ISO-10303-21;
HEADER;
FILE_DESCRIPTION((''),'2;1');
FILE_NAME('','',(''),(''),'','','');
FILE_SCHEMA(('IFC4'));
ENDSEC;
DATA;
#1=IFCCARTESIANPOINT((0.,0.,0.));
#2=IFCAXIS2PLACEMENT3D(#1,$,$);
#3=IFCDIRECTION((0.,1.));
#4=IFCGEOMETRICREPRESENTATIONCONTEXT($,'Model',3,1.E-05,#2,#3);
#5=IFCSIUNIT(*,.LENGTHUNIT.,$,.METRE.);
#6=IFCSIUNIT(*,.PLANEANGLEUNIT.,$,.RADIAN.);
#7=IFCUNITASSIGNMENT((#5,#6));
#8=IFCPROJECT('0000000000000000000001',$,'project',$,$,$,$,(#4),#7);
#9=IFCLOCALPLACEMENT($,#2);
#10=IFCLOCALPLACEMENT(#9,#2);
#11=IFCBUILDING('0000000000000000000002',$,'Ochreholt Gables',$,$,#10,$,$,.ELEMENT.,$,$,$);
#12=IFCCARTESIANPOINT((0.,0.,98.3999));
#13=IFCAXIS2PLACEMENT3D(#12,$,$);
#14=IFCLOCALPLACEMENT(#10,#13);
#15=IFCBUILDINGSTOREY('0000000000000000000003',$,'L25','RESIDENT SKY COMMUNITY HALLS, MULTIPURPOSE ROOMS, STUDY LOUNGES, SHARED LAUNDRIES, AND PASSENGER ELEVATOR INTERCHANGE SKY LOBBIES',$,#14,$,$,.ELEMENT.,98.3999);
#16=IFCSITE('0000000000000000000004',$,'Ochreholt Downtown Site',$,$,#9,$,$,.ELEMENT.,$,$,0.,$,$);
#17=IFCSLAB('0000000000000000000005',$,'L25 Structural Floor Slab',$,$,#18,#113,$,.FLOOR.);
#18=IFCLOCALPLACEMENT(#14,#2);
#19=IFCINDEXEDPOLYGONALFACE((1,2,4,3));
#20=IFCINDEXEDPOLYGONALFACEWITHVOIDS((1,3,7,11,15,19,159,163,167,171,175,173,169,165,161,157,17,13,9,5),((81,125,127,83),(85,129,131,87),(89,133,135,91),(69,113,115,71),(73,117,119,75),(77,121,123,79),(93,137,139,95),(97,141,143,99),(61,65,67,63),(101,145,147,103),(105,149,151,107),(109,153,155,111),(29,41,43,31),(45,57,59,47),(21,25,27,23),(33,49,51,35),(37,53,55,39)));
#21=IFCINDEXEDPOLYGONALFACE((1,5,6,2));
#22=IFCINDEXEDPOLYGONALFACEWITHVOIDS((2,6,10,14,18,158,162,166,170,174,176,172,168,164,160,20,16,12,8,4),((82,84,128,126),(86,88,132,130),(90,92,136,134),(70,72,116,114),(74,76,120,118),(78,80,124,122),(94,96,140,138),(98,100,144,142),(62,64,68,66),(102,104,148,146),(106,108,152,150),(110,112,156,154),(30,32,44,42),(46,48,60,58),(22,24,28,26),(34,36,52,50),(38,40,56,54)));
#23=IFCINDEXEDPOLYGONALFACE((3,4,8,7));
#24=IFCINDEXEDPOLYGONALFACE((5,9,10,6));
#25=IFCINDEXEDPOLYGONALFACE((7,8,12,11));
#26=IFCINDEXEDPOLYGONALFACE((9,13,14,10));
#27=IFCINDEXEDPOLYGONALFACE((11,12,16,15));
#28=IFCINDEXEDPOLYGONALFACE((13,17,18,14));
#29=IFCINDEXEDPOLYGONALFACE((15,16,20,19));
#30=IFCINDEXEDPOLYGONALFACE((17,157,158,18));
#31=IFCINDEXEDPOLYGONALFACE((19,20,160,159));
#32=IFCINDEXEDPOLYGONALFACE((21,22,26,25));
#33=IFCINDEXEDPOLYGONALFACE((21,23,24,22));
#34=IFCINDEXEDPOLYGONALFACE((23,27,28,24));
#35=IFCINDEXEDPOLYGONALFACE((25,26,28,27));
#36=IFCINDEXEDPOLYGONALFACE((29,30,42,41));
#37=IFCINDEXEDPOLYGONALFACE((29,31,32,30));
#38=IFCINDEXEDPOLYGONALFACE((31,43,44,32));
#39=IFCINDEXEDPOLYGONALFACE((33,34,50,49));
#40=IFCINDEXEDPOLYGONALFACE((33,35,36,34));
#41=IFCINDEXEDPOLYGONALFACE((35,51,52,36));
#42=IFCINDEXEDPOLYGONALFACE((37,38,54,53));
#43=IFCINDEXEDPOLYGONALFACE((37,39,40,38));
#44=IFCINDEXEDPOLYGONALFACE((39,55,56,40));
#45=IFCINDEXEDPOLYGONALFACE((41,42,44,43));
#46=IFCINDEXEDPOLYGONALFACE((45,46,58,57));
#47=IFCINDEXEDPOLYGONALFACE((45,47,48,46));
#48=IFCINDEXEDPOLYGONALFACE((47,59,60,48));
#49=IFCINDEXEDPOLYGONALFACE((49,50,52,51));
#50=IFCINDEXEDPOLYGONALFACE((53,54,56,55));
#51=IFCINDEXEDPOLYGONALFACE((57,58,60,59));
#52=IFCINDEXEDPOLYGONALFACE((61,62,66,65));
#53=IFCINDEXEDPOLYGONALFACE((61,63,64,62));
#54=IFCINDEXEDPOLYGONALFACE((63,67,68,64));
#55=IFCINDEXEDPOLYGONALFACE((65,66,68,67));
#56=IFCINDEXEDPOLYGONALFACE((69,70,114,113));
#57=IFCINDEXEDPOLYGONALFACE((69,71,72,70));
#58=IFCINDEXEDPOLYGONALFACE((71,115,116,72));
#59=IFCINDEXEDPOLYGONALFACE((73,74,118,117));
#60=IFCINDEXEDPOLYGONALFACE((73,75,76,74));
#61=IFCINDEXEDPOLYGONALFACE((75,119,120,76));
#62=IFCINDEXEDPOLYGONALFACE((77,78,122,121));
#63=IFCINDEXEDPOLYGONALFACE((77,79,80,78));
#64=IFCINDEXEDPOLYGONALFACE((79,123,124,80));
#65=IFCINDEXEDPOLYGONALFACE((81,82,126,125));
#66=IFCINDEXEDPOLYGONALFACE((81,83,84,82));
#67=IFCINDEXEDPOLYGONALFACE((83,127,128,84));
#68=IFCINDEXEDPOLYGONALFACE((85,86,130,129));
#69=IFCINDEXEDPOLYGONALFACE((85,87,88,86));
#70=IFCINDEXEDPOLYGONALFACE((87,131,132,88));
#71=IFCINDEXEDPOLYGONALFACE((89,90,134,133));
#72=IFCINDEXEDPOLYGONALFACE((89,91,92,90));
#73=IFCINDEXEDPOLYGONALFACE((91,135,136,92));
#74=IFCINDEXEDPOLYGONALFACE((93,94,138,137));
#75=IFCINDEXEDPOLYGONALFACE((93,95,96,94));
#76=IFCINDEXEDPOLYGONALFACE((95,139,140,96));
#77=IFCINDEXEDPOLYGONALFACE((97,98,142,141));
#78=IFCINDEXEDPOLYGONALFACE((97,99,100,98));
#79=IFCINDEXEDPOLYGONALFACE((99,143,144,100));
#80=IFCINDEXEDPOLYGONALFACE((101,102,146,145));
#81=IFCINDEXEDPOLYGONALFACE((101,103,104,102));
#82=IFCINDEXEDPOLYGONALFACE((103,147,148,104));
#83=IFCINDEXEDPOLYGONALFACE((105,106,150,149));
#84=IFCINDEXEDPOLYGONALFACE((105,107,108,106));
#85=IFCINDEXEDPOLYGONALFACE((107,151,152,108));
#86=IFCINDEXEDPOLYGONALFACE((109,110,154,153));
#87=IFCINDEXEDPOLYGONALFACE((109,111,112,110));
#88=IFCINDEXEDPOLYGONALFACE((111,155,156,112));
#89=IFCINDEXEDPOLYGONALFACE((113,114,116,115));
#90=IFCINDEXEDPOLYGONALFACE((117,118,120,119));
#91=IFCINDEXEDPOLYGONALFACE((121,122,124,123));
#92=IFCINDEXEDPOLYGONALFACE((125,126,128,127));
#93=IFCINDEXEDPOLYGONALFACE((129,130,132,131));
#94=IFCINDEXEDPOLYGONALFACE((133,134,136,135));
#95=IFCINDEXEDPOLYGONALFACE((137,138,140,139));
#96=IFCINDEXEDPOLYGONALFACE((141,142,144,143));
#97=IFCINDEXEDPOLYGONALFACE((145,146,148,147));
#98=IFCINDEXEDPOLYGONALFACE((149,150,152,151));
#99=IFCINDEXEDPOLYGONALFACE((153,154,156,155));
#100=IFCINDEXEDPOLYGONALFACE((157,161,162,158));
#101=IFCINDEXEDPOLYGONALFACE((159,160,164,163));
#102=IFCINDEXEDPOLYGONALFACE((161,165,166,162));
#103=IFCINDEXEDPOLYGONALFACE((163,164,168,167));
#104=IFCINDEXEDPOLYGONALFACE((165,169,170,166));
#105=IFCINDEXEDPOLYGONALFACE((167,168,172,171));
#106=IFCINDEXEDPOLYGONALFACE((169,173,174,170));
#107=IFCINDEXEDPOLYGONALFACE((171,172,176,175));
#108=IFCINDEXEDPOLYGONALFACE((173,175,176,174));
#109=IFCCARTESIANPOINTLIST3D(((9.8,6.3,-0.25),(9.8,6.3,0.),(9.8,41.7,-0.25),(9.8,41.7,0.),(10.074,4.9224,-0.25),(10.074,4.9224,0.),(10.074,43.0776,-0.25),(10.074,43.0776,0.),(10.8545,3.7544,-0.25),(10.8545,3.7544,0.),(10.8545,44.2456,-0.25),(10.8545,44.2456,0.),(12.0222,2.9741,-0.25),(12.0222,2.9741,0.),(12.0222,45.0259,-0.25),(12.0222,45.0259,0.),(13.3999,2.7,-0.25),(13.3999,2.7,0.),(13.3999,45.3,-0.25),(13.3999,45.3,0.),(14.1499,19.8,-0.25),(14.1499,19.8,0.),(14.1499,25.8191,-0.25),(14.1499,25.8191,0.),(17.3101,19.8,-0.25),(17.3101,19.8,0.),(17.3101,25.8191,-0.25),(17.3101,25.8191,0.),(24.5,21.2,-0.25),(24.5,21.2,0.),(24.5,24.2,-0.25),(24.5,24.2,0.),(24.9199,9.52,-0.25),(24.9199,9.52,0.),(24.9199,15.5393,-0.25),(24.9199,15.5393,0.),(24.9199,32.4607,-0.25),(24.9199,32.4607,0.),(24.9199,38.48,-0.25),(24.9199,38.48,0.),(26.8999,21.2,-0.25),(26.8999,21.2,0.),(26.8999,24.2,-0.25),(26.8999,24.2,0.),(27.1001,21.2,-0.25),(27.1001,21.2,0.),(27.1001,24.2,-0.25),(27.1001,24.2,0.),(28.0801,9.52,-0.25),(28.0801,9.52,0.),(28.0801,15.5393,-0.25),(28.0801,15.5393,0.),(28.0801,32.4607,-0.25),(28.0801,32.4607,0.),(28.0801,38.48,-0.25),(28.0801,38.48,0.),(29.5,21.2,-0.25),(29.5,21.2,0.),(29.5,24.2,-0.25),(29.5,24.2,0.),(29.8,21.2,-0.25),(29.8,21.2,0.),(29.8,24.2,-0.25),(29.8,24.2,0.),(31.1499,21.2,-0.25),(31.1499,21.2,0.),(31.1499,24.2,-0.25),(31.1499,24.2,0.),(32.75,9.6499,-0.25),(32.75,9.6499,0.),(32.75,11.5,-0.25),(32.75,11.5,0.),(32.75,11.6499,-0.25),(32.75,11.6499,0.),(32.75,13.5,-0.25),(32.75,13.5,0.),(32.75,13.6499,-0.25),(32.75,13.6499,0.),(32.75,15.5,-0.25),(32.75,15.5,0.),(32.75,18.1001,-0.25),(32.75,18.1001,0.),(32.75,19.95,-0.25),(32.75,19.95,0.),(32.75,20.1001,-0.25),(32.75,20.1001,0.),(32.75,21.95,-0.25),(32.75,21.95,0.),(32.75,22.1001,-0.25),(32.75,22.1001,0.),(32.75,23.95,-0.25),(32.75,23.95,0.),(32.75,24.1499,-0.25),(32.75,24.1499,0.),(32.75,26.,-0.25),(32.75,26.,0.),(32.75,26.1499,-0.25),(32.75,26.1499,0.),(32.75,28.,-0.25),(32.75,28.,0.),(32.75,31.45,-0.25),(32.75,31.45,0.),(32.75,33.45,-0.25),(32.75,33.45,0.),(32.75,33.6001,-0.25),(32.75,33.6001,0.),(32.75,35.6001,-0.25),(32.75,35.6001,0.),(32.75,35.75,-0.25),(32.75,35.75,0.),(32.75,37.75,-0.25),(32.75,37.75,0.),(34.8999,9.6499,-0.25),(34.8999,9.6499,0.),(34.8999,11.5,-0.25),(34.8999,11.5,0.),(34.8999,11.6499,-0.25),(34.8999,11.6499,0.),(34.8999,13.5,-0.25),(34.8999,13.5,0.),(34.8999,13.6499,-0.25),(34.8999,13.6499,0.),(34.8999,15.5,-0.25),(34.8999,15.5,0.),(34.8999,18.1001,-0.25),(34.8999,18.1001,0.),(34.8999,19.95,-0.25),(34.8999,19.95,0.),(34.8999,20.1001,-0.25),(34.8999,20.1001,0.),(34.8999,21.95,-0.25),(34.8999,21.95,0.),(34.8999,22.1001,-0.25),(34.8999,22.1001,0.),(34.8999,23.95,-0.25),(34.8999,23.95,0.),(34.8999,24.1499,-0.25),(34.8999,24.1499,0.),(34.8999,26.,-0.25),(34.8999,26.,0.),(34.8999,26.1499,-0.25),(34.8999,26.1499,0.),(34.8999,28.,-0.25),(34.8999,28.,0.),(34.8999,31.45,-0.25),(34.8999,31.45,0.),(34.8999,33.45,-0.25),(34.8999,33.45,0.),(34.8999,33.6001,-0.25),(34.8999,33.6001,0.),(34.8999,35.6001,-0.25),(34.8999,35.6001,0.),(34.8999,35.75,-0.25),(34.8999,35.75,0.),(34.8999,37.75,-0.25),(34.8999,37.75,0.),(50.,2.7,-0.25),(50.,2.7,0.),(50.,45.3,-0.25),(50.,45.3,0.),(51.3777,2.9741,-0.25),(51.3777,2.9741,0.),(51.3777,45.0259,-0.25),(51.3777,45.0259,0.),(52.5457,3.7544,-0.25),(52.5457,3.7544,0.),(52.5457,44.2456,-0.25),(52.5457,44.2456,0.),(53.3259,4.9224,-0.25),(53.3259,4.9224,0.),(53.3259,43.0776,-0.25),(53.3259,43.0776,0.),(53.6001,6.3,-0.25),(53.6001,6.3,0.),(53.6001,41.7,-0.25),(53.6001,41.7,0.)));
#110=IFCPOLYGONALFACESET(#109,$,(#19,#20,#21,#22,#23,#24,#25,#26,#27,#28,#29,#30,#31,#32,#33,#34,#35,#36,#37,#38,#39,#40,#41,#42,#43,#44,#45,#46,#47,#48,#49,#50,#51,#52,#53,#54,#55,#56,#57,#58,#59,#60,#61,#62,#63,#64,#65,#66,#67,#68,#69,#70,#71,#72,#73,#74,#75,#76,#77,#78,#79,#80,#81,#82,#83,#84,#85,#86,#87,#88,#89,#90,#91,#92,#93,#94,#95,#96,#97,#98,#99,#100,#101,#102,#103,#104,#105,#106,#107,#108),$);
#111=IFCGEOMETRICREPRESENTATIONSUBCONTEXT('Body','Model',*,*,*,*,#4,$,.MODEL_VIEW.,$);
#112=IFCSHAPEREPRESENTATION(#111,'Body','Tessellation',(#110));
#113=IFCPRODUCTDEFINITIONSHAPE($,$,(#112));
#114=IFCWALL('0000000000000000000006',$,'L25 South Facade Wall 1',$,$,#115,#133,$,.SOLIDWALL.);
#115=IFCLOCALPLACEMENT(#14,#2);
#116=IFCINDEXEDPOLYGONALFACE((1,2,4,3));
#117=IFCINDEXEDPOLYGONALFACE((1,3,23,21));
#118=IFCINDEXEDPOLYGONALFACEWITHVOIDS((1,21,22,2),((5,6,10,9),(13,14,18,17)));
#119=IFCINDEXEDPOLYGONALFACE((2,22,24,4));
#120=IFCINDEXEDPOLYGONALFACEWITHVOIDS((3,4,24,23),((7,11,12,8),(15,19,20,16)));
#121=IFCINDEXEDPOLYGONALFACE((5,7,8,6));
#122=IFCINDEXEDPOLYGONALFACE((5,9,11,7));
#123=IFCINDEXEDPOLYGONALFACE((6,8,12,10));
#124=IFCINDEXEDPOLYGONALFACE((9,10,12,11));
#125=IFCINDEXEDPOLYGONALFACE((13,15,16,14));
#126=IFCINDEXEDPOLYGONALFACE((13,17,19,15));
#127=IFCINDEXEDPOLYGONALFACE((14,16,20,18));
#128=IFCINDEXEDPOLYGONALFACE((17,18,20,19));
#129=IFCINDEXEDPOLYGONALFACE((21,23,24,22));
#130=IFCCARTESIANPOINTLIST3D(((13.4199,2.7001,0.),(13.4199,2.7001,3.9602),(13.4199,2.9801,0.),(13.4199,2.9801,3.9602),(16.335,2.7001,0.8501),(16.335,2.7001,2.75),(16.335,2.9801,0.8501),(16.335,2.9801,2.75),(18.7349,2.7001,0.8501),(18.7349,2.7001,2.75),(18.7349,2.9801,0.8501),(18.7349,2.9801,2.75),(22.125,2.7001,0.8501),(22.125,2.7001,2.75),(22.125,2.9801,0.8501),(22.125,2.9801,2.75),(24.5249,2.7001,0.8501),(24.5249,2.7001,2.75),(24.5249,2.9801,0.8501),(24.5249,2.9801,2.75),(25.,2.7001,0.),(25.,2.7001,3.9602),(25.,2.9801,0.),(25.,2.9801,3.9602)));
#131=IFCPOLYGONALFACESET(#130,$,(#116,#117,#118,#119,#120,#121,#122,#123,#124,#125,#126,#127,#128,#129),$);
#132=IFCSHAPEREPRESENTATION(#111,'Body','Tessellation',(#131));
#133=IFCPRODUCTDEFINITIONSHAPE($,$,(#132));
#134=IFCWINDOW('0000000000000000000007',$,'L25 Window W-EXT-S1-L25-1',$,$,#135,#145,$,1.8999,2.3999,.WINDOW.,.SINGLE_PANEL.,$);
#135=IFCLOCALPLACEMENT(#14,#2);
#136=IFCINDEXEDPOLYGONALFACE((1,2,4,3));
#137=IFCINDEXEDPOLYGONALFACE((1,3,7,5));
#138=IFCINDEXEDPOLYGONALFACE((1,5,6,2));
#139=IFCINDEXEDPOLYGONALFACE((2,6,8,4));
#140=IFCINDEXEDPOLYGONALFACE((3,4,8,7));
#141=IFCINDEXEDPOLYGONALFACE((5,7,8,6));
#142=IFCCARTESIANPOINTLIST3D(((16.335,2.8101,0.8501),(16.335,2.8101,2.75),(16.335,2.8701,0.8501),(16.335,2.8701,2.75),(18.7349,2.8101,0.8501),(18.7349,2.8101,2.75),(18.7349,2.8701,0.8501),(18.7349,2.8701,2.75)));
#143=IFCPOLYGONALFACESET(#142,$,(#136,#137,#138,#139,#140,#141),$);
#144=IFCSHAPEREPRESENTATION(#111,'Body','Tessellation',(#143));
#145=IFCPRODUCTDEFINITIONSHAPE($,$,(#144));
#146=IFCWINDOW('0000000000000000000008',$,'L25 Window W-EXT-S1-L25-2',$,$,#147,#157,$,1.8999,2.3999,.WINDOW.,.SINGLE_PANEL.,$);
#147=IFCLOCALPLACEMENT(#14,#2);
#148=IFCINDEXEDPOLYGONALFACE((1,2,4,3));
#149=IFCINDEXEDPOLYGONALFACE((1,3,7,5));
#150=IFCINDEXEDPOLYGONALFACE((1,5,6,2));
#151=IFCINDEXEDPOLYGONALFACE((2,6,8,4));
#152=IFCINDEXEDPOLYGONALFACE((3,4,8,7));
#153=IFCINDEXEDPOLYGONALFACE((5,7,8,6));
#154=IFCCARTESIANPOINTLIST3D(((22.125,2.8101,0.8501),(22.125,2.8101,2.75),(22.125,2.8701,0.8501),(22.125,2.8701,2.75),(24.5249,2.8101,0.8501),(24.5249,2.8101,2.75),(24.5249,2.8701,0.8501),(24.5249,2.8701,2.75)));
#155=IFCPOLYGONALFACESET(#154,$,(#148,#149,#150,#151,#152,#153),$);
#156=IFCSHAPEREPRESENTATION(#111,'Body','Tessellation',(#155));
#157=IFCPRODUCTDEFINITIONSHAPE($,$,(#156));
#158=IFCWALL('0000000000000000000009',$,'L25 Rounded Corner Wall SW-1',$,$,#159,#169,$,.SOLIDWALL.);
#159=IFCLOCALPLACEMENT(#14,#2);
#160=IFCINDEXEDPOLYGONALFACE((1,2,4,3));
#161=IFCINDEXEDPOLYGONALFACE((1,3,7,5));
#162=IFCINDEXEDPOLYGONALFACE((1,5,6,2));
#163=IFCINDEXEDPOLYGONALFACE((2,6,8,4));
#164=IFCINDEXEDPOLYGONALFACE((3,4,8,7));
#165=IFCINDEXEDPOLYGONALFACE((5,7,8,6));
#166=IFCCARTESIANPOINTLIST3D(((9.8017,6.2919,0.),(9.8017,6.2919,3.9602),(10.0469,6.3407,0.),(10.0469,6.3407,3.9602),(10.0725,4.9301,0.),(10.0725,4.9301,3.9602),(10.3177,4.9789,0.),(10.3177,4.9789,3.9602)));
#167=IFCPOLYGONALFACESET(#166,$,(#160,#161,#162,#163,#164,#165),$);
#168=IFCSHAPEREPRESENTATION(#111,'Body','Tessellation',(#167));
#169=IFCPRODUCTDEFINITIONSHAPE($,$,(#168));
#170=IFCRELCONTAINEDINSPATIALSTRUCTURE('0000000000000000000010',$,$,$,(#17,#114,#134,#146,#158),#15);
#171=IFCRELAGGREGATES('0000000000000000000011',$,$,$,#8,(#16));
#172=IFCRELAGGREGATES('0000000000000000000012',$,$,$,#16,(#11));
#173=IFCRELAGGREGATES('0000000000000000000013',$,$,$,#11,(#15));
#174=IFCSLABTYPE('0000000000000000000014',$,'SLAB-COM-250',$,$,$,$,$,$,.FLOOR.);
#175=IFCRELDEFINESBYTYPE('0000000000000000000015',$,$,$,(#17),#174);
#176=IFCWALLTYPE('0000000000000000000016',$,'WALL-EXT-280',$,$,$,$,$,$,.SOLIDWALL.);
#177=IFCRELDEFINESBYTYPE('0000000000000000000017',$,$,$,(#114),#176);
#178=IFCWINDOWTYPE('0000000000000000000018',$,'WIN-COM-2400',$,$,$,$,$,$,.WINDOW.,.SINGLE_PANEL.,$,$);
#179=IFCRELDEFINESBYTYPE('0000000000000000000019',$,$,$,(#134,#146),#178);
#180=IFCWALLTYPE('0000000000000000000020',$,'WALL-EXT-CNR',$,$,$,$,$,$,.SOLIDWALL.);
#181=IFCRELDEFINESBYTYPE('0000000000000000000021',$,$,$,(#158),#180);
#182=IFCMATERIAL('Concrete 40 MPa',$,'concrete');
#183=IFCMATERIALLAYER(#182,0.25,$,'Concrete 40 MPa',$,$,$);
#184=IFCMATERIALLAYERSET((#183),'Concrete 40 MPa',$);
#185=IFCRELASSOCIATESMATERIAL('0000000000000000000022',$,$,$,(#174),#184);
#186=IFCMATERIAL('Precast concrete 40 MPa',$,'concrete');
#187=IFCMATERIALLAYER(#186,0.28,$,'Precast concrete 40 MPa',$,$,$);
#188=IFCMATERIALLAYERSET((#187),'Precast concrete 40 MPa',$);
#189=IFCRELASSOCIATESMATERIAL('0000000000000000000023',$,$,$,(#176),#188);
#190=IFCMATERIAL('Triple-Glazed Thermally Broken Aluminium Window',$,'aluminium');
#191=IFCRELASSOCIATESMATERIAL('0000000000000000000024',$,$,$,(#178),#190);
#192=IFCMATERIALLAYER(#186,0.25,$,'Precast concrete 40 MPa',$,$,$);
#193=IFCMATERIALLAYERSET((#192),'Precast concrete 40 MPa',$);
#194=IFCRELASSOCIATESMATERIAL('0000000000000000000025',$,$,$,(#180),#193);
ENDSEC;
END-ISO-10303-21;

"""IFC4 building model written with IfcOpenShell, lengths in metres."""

from ifc_helpers import new_model, si_unit, direction, frame, frame_2d, origin, place, context, subcontext, project, spatial, polyline, rectangle, outline, extrude, material, layer, layer_set, type_object, element, fill, save


model = new_model("IFC4")

# Units and contexts
model_context = context("Model", 3, precision=1e-05, world=origin(), true_north=direction((0.0, 1.0)))
body_context = subcontext(model_context, "Body", "Model", "MODEL_VIEW")
ifc_project = project(units=[si_unit("LENGTHUNIT", "METRE"), si_unit("PLANEANGLEUNIT", "RADIAN")], contexts=[model_context])

# Site, building, storey
site_placement = place(None, origin())
site = spatial("IfcSite", under=ifc_project, at=site_placement, Name="Ochreholt Downtown Site", CompositionType="ELEMENT", RefElevation=0.0)
building_placement = place(site_placement, origin())
building = spatial("IfcBuilding", under=site, at=building_placement, Name="Ochreholt Gables", CompositionType="ELEMENT")
storey_placement = place(building_placement, frame((0.0, 0.0, 98.3999)))
storey = spatial("IfcBuildingStorey", under=building, at=storey_placement, Name="L25", Description="RESIDENT SKY COMMUNITY HALLS, MULTIPURPOSE ROOMS, STUDY LOUNGES, SHARED LAUNDRIES, AND PASSENGER ELEVATOR INTERCHANGE SKY LOBBIES", CompositionType="ELEMENT", Elevation=98.3999)

# Shared definitions
ifc_material_1 = material(Name="Concrete 40 MPa", Category="concrete")

# Slab
ifc_layer_1 = layer(ifc_material_1, 0.25, Name="Concrete 40 MPa")
ifc_layer_set_1 = layer_set([ifc_layer_1], Name="Concrete 40 MPa")
slab_type_1 = type_object("IfcSlabType", Name="SLAB-COM-250", PredefinedType="FLOOR", material=ifc_layer_set_1)
slab_1_placement = place(storey_placement, frame((0.0, 0.0, -0.25)))
element("IfcSlab", 1, at=slab_1_placement, inside=storey, type_object=slab_type_1, Name="L25 Structural Floor Slab", PredefinedType="FLOOR", context=body_context, shape_type="SweptSolid", body=[
    extrude(outline(polyline([(9.8, 6.3), (10.074, 4.9224), (10.8545, 3.7544), (12.0222, 2.9741), (13.3999, 2.7), (50.0, 2.7), (51.3777, 2.9741), (52.5457, 3.7544), (53.3259, 4.9224), (53.6001, 6.3), (53.6001, 41.7), (53.3259, 43.0776), (52.5457, 44.2456), (51.3777, 45.0259), (50.0, 45.3), (13.3999, 45.3), (12.0222, 45.0259), (10.8545, 44.2456), (10.074, 43.0776), (9.8, 41.7), (9.8, 6.3)]), holes=[polyline([(24.9199, 15.5393), (24.9199, 9.52), (28.0801, 9.52), (28.0801, 15.5393), (24.9199, 15.5393)]), polyline([(28.0801, 32.4607), (28.0801, 38.48), (24.9199, 38.48), (24.9199, 32.4607), (28.0801, 32.4607)]), polyline([(14.1499, 25.8191), (14.1499, 19.8), (17.3101, 19.8), (17.3101, 25.8191), (14.1499, 25.8191)]), polyline([(24.5, 21.2), (26.8999, 21.2), (26.8999, 24.2), (24.5, 24.2), (24.5, 21.2)]), polyline([(27.1001, 21.2), (29.5, 21.2), (29.5, 24.2), (27.1001, 24.2), (27.1001, 21.2)]), polyline([(32.75, 9.6499), (34.8999, 9.6499), (34.8999, 11.5), (32.75, 11.5), (32.75, 9.6499)]), polyline([(32.75, 11.6499), (34.8999, 11.6499), (34.8999, 13.5), (32.75, 13.5), (32.75, 11.6499)]), polyline([(32.75, 13.6499), (34.8999, 13.6499), (34.8999, 15.5), (32.75, 15.5), (32.75, 13.6499)]), polyline([(32.75, 18.1001), (34.8999, 18.1001), (34.8999, 19.95), (32.75, 19.95), (32.75, 18.1001)]), polyline([(32.75, 20.1001), (34.8999, 20.1001), (34.8999, 21.95), (32.75, 21.95), (32.75, 20.1001)]), polyline([(32.75, 22.1001), (34.8999, 22.1001), (34.8999, 23.95), (32.75, 23.95), (32.75, 22.1001)]), polyline([(32.75, 24.1499), (34.8999, 24.1499), (34.8999, 26.0), (32.75, 26.0), (32.75, 24.1499)]), polyline([(32.75, 26.1499), (34.8999, 26.1499), (34.8999, 28.0), (32.75, 28.0), (32.75, 26.1499)]), polyline([(32.75, 31.45), (34.8999, 31.45), (34.8999, 33.45), (32.75, 33.45), (32.75, 31.45)]), polyline([(32.75, 33.6001), (34.8999, 33.6001), (34.8999, 35.6001), (32.75, 35.6001), (32.75, 33.6001)]), polyline([(32.75, 35.75), (34.8999, 35.75), (34.8999, 37.75), (32.75, 37.75), (32.75, 35.75)]), polyline([(29.8, 21.2), (31.1499, 21.2), (31.1499, 24.2), (29.8, 24.2), (29.8, 21.2)])]), origin(), (0.0, 0.0, 1.0), 0.25),
])

# Wall, openings, windows
ifc_material_2 = material(Name="Precast concrete 40 MPa", Category="concrete")
ifc_layer_2 = layer(ifc_material_2, 0.28, Name="Precast concrete 40 MPa")
ifc_layer_set_2 = layer_set([ifc_layer_2], Name="Precast concrete 40 MPa")
wall_type_1 = type_object("IfcWallType", Name="WALL-EXT-280", PredefinedType="SOLIDWALL", material=ifc_layer_set_2)
wall_1_placement = place(storey_placement, frame((13.4199, 2.8401, 0.0), z_axis=(0.0, 0.0, 1.0), x_axis=(1.0, 0.0, 0.0)))
wall_1 = element("IfcWall", 2, at=wall_1_placement, inside=storey, type_object=wall_type_1, Name="L25 South Facade Wall 1", PredefinedType="SOLIDWALL", context=body_context, shape_type="SweptSolid", body=[
    extrude(rectangle(XDim=11.5801, YDim=0.28, at=frame_2d((5.79, 0.0))), origin(), (0.0, 0.0, 1.0), 3.9602),
])
opening_1_placement = place(wall_1_placement, frame((2.915, 0.0, 0.8501)))
opening_1 = element("IfcOpeningElement", 3, at=opening_1_placement, cuts=wall_1, PredefinedType="OPENING", context=body_context, shape_type="SweptSolid", body=[
    extrude(rectangle(XDim=2.3999, YDim=1.8999, at=frame_2d((1.2, 0.95))), frame((0.0, 0.1499, 0.0), z_axis=(0.0, -1.0, 0.0), x_axis=(1.0, 0.0, 0.0)), (0.0, 0.0, 1.0), 0.3),
])
opening_2_placement = place(wall_1_placement, frame((8.7051, 0.0, 0.8501)))
opening_2 = element("IfcOpeningElement", 4, at=opening_2_placement, cuts=wall_1, PredefinedType="OPENING", context=body_context, shape_type="SweptSolid", body=[
    extrude(rectangle(XDim=2.3999, YDim=1.8999, at=frame_2d((1.2, 0.95))), frame((0.0, 0.1499, 0.0), z_axis=(0.0, -1.0, 0.0), x_axis=(1.0, 0.0, 0.0)), (0.0, 0.0, 1.0), 0.3),
])
ifc_material_3 = material(Name="Triple-Glazed Thermally Broken Aluminium Window", Category="aluminium")
window_type = type_object("IfcWindowType", Name="WIN-COM-2400", PartitioningType="SINGLE_PANEL", PredefinedType="WINDOW", material=ifc_material_3)
window_1_placement = place(opening_1_placement, origin())
window_1 = element("IfcWindow", 5, at=window_1_placement, inside=storey, type_object=window_type, Name="L25 Window W-EXT-S1-L25-1", OverallHeight=1.8999, OverallWidth=2.3999, PartitioningType="SINGLE_PANEL", PredefinedType="WINDOW", context=body_context, shape_type="SweptSolid", body=[
    extrude(rectangle(XDim=2.3999, YDim=1.8999, at=frame_2d((1.2, 0.95))), frame((0.0, 0.03, 0.0), z_axis=(0.0, -1.0, 0.0), x_axis=(1.0, 0.0, 0.0)), (0.0, 0.0, 1.0), 0.0601),
])
fill(opening_1, window_1)
window_2_placement = place(opening_2_placement, origin())
window_2 = element("IfcWindow", 6, at=window_2_placement, inside=storey, type_object=window_type, Name="L25 Window W-EXT-S1-L25-2", OverallHeight=1.8999, OverallWidth=2.3999, PartitioningType="SINGLE_PANEL", PredefinedType="WINDOW", context=body_context, shape_type="SweptSolid", body=[
    extrude(rectangle(XDim=2.3999, YDim=1.8999, at=frame_2d((1.2, 0.95))), frame((0.0, 0.03, 0.0), z_axis=(0.0, -1.0, 0.0), x_axis=(1.0, 0.0, 0.0)), (0.0, 0.0, 1.0), 0.0601),
])
fill(opening_2, window_2)

# Wall
ifc_layer_3 = layer(ifc_material_2, 0.25, Name="Precast concrete 40 MPa")
ifc_layer_set_3 = layer_set([ifc_layer_3], Name="Precast concrete 40 MPa")
wall_type_2 = type_object("IfcWallType", Name="WALL-EXT-CNR", PredefinedType="SOLIDWALL", material=ifc_layer_set_3)
wall_2_placement = place(storey_placement, frame((9.9243, 6.3164, 0.0), z_axis=(0.0, 0.0, 1.0), x_axis=(0.195, -0.980803, 0.0)))
element("IfcWall", 7, at=wall_2_placement, inside=storey, type_object=wall_type_2, Name="L25 Rounded Corner Wall SW-1", PredefinedType="SOLIDWALL", context=body_context, shape_type="SweptSolid", body=[
    extrude(rectangle(XDim=1.3884, YDim=0.25, at=frame_2d((0.6943, 0.0))), origin(), (0.0, 0.0, 1.0), 3.9602),
])

save(model, "model.ifc")
